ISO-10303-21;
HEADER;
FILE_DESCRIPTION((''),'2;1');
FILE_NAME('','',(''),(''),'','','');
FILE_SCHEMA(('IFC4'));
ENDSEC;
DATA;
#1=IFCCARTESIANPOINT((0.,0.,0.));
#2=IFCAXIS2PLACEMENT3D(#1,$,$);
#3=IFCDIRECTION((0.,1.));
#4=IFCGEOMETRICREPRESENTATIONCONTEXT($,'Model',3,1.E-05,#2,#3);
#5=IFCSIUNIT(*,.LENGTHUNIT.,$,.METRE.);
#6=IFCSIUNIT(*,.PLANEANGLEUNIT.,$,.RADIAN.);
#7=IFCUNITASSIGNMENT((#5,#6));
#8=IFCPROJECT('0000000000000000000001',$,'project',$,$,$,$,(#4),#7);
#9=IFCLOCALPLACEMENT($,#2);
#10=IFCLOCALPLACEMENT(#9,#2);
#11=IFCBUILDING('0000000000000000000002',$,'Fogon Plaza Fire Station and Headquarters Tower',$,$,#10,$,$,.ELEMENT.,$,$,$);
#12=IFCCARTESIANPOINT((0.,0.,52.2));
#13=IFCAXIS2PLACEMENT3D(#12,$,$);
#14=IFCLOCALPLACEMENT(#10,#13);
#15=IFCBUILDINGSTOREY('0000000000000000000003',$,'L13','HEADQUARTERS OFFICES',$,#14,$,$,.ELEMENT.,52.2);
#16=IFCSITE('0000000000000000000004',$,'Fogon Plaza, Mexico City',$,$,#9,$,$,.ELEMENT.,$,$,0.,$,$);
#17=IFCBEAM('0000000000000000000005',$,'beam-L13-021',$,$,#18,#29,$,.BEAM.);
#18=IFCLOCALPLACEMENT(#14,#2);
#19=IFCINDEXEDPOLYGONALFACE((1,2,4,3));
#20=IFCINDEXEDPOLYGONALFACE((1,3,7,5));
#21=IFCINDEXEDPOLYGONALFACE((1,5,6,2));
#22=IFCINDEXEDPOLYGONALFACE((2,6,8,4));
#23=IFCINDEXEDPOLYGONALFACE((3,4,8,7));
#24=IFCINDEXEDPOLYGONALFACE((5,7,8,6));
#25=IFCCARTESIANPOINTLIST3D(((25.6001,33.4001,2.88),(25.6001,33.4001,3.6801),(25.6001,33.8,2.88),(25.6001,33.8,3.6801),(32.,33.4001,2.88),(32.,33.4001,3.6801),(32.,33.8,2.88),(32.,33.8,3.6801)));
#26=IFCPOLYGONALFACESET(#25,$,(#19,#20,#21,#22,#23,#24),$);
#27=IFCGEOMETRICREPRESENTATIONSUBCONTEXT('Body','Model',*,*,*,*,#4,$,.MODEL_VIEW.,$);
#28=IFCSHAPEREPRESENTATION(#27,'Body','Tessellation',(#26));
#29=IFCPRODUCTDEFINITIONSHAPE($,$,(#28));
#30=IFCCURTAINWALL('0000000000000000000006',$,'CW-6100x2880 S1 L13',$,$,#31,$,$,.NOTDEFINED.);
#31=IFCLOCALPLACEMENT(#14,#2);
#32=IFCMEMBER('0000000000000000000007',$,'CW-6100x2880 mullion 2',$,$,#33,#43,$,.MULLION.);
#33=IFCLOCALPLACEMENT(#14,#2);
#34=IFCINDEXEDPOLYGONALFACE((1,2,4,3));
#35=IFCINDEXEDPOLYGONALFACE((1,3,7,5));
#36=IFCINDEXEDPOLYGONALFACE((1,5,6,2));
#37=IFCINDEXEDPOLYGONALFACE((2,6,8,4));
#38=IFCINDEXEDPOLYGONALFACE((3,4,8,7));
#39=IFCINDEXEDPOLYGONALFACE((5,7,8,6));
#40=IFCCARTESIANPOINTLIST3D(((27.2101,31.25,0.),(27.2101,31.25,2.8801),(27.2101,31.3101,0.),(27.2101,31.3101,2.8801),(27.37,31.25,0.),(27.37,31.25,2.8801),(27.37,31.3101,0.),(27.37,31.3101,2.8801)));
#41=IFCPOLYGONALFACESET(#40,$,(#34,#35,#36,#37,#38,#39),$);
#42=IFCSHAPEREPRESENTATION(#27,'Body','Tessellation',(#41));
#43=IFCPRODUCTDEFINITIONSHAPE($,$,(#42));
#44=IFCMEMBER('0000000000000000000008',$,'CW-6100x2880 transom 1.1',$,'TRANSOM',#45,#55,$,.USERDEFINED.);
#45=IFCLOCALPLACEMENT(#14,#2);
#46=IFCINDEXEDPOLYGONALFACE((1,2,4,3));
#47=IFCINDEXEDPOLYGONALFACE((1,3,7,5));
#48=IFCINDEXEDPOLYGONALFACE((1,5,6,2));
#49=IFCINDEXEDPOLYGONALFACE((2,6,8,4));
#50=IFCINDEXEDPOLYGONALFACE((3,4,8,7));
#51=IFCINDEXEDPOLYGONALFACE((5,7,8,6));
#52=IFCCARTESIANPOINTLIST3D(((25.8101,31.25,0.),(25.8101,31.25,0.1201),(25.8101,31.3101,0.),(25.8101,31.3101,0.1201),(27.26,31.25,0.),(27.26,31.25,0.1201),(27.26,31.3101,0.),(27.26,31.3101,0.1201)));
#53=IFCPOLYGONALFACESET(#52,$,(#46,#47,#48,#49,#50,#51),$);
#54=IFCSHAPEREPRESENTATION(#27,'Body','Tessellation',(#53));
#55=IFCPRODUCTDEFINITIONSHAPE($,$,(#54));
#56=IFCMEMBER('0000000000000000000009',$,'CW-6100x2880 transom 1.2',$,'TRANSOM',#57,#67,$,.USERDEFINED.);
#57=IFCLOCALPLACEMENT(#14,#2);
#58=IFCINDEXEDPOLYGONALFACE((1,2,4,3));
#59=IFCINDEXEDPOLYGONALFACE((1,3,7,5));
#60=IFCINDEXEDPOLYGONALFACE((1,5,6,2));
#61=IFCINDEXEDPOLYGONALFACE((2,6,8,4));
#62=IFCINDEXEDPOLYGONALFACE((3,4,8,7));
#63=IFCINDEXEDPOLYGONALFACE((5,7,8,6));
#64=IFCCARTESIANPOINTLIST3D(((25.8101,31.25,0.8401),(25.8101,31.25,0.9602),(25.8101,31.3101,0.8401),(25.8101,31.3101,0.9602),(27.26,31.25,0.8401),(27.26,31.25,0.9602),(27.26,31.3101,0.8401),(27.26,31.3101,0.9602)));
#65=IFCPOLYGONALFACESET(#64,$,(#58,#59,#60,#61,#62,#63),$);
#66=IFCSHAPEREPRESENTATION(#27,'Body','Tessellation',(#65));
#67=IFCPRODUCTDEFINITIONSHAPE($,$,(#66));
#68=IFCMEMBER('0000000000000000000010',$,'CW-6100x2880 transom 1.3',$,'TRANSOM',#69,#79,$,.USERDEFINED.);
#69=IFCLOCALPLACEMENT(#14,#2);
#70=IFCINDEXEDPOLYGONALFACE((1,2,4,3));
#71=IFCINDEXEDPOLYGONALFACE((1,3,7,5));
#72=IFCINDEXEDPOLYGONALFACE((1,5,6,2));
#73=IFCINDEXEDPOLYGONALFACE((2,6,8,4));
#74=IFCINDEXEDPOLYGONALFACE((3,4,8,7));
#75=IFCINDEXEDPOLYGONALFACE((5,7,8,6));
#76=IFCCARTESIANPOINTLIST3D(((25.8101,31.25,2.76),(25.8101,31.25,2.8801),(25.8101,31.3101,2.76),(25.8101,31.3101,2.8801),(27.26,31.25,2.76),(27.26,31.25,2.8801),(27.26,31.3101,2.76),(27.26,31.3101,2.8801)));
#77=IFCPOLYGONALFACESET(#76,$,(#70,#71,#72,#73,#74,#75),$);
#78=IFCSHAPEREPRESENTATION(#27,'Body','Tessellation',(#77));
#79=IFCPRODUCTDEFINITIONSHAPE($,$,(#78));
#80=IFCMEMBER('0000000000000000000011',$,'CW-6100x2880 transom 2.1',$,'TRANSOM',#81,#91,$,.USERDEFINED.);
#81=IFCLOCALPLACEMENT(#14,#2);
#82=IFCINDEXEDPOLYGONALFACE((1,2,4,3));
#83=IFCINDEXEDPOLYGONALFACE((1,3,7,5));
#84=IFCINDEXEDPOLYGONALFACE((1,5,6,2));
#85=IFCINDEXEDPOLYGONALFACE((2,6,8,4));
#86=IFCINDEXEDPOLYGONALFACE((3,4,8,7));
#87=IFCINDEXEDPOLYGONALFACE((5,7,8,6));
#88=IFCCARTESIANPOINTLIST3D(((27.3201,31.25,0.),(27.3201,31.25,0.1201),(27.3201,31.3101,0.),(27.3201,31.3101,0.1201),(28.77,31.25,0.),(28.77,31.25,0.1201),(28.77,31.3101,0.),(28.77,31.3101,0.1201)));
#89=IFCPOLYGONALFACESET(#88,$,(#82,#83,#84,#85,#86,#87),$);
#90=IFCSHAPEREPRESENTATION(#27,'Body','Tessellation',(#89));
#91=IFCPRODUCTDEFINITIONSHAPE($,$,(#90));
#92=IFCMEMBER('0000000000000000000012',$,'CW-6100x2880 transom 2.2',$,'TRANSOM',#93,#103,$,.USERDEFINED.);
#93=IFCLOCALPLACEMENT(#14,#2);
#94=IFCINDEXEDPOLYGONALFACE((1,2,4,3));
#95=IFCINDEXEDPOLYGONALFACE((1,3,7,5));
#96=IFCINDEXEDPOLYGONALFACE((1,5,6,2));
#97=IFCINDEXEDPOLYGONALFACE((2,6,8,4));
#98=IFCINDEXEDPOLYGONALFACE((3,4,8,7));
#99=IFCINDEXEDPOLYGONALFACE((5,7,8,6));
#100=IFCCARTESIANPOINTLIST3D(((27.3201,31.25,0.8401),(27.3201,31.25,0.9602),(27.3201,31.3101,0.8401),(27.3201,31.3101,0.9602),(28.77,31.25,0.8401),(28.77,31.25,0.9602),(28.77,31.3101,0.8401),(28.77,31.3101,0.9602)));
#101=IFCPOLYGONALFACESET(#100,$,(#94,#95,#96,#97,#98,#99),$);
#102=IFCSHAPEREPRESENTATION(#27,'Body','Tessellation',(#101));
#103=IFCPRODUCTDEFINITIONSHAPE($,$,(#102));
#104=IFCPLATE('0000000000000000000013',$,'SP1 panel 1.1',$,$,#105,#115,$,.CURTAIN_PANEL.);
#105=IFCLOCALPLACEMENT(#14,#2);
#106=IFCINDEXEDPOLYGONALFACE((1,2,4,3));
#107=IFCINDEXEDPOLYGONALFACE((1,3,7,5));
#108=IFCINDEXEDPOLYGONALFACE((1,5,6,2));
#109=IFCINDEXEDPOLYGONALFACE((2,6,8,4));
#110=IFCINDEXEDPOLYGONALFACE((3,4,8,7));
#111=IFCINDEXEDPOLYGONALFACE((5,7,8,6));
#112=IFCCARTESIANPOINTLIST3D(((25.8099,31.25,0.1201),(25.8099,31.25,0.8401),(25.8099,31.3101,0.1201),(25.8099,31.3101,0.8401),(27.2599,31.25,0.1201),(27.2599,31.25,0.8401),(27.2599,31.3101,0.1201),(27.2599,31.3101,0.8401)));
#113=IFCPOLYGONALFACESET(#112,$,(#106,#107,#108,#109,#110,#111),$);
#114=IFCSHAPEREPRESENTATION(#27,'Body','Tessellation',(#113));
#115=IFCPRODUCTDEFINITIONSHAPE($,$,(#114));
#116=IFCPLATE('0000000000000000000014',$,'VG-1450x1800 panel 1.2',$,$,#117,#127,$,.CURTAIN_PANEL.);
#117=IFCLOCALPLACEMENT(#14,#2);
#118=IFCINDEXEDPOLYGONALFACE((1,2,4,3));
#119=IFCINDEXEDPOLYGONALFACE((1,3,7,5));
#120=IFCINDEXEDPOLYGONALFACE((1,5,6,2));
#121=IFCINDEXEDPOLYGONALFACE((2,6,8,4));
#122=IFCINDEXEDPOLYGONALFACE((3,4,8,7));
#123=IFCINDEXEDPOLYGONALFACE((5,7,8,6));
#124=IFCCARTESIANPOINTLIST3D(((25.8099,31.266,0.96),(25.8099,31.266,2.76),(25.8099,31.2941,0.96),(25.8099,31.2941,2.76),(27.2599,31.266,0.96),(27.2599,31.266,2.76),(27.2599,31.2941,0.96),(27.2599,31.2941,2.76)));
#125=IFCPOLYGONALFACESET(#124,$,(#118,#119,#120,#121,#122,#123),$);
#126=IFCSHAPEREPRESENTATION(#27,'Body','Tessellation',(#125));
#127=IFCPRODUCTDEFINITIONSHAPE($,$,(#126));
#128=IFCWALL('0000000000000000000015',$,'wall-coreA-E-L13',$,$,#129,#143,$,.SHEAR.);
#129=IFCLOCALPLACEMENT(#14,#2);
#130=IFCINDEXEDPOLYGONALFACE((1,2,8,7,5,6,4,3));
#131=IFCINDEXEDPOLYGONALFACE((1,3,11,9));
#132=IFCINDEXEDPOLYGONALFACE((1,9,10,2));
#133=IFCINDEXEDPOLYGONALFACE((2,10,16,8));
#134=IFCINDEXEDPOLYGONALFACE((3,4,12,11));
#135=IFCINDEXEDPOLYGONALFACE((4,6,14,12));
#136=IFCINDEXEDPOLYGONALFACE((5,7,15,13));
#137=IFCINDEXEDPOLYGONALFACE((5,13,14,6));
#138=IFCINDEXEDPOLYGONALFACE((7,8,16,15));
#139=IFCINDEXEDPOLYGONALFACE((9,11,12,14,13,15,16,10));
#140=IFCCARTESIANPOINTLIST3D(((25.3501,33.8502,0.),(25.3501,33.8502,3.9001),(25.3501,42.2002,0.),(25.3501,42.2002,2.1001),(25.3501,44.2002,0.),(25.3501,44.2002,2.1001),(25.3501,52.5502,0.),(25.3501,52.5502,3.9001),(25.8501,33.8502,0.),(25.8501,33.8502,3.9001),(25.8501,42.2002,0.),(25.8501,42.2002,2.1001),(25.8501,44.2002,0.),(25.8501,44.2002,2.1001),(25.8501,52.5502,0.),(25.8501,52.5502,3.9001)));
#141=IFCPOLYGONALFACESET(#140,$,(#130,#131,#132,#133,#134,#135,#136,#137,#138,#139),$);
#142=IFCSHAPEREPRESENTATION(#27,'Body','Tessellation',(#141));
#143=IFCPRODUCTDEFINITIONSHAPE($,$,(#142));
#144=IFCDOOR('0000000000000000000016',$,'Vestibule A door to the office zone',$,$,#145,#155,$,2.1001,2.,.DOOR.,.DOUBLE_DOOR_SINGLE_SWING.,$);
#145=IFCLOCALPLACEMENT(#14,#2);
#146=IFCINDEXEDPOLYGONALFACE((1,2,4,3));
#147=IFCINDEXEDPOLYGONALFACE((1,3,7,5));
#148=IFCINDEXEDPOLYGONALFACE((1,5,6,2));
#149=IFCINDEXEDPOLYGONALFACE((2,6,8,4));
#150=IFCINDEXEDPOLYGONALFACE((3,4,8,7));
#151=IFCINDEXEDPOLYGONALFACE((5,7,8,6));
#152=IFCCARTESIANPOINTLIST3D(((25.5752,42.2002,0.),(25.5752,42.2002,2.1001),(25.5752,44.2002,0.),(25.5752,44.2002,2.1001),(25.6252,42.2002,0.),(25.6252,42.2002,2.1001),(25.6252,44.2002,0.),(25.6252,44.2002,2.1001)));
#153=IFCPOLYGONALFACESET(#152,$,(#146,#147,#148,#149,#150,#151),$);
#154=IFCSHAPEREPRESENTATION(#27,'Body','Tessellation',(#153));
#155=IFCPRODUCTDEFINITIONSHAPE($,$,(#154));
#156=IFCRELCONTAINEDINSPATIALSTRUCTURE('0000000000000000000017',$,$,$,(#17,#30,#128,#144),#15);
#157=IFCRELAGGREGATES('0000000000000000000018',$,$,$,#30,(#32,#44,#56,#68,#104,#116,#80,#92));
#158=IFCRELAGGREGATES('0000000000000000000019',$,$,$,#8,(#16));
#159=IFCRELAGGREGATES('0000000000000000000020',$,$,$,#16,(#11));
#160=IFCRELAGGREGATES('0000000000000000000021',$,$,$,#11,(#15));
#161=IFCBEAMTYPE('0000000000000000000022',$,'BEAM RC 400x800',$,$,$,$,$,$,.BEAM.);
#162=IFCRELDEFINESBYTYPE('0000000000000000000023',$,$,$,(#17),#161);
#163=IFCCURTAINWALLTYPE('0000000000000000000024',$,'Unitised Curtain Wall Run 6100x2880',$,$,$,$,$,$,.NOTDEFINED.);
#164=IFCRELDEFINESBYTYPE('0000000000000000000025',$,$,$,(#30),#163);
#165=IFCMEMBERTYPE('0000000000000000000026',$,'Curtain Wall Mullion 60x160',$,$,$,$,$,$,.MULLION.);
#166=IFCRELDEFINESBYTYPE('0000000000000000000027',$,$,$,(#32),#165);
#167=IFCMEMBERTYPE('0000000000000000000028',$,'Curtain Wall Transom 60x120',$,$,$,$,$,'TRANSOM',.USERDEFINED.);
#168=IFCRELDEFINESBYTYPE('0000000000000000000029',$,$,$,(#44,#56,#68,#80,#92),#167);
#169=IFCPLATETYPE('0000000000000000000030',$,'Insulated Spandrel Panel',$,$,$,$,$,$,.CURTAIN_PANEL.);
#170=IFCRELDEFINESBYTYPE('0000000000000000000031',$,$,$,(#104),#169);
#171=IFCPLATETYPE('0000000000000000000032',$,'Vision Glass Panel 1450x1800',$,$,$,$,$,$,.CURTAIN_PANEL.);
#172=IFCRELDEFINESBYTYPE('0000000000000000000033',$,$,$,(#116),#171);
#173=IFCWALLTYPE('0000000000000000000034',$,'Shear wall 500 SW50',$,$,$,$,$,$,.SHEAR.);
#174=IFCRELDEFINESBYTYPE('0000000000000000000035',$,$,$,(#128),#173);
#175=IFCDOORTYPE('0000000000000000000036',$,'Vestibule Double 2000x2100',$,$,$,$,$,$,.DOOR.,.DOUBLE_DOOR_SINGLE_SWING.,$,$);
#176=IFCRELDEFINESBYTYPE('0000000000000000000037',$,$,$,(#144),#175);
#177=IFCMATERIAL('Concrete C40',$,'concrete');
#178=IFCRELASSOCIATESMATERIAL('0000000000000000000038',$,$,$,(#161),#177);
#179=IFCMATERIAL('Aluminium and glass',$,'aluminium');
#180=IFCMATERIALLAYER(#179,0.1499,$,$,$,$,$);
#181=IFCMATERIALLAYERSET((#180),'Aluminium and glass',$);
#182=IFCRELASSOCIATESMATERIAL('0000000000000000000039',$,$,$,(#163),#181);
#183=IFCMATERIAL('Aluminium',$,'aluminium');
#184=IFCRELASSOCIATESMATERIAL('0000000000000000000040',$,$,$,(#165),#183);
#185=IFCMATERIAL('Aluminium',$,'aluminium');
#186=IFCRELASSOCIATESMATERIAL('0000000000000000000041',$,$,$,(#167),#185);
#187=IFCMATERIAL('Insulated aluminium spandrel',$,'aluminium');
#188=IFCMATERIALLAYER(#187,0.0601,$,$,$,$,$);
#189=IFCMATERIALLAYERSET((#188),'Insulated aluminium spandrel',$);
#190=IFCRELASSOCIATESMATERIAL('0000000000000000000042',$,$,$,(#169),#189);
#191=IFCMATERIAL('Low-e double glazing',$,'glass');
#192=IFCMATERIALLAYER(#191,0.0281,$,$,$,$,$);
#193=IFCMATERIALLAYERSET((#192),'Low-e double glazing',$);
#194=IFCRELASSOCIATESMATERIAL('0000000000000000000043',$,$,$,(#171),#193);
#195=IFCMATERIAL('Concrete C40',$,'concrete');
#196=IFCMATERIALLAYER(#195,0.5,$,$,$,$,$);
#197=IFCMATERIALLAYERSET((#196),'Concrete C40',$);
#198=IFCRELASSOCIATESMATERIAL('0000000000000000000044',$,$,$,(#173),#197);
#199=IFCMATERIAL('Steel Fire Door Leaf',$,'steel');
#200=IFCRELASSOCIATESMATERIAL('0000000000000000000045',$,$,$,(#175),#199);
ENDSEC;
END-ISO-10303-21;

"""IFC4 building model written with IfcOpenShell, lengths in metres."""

from ifc_helpers import new_model, si_unit, direction, frame, frame_2d, origin, origin_2d, place, context, subcontext, project, spatial, rectangle, extrude, material, layer, layer_set, material_profile, profile_set, type_object, element, fill, aggregate, save


model = new_model("IFC4")

# Units and contexts
model_context = context("Model", 3, precision=1e-05, world=origin(), true_north=direction((0.0, 1.0)))
body_context = subcontext(model_context, "Body", "Model", "MODEL_VIEW")
ifc_project = project(units=[si_unit("LENGTHUNIT", "METRE"), si_unit("PLANEANGLEUNIT", "RADIAN")], contexts=[model_context])

# Site, building, storey
site_placement = place(None, origin())
site = spatial("IfcSite", under=ifc_project, at=site_placement, Name="Fogon Plaza, Mexico City", CompositionType="ELEMENT", RefElevation=0.0)
building_placement = place(site_placement, origin())
building = spatial("IfcBuilding", under=site, at=building_placement, Name="Fogon Plaza Fire Station and Headquarters Tower", CompositionType="ELEMENT")
storey_placement = place(building_placement, frame((0.0, 0.0, 52.2)))
storey = spatial("IfcBuildingStorey", under=building, at=storey_placement, Name="L13", Description="HEADQUARTERS OFFICES", CompositionType="ELEMENT", Elevation=52.2)

# Beam
ifc_material_1 = material(Name="Concrete C40", Category="concrete")
ifc_material_profile_1 = material_profile(ifc_material_1, rectangle(XDim=0.3999, YDim=0.8, at=origin_2d()), Name="RC 400x800")
ifc_profile_set_1 = profile_set([ifc_material_profile_1], Name="Concrete C40")
beam_type = type_object("IfcBeamType", Name="BEAM RC 400x800", PredefinedType="BEAM", material=ifc_profile_set_1)
beam_placement = place(storey_placement, frame((25.6001, 33.6001, 3.28), z_axis=(1.0, 0.0, 0.0), x_axis=(0.0, 1.0, 0.0)))
element("IfcBeam", 1, at=beam_placement, inside=storey, type_object=beam_type, Name="beam-L13-021", PredefinedType="BEAM", context=body_context, shape_type="SweptSolid", body=[
    extrude(rectangle(XDim=0.3999, YDim=0.8, at=origin_2d()), origin(), (0.0, 0.0, 1.0), 6.3999),
])

# Curtain wall, members, plates
ifc_material_2 = material(Name="Aluminium and glass", Category="aluminium")
ifc_layer_1 = layer(ifc_material_2, 0.1499)
ifc_layer_set_1 = layer_set([ifc_layer_1], Name="Aluminium and glass")
curtain_wall_type = type_object("IfcCurtainWallType", Name="Unitised Curtain Wall Run 6100x2880", PredefinedType="NOTDEFINED", material=ifc_layer_set_1)
curtain_wall_placement = place(storey_placement, origin())
curtain_wall = element("IfcCurtainWall", 2, at=curtain_wall_placement, inside=storey, type_object=curtain_wall_type, Name="CW-6100x2880 S1 L13", PredefinedType="NOTDEFINED")
ifc_material_3 = material(Name="Aluminium", Category="aluminium")
ifc_material_profile_2 = material_profile(ifc_material_3, rectangle(XDim=0.0601, YDim=0.1599, at=origin_2d()), Name="Curtain Wall Mullion 60x160")
ifc_profile_set_2 = profile_set([ifc_material_profile_2], Name="Aluminium")
member_type_1 = type_object("IfcMemberType", Name="Curtain Wall Mullion 60x160", PredefinedType="MULLION", material=ifc_profile_set_2)
member_1_placement = place(storey_placement, frame((27.29, 31.28, 0.0), z_axis=(0.0, 0.0, 1.0), x_axis=(0.0, 1.0, 0.0)))
member_1 = element("IfcMember", 3, at=member_1_placement, type_object=member_type_1, Name="CW-6100x2880 mullion 2", PredefinedType="MULLION", context=body_context, shape_type="SweptSolid", body=[
    extrude(rectangle(XDim=0.0601, YDim=0.1599, at=origin_2d()), origin(), (0.0, 0.0, 1.0), 2.8801),
])
ifc_material_4 = material(Name="Aluminium", Category="aluminium")
ifc_material_profile_3 = material_profile(ifc_material_4, rectangle(XDim=0.0601, YDim=0.1201, at=origin_2d()), Name="Curtain Wall Transom 60x120")
ifc_profile_set_3 = profile_set([ifc_material_profile_3], Name="Aluminium")
member_type_2 = type_object("IfcMemberType", Name="Curtain Wall Transom 60x120", ElementType="TRANSOM", PredefinedType="USERDEFINED", material=ifc_profile_set_3)
member_2_placement = place(storey_placement, frame((25.8101, 31.28, 0.0601), z_axis=(1.0, 0.0, 0.0), x_axis=(0.0, 1.0, 0.0)))
member_2 = element("IfcMember", 4, at=member_2_placement, type_object=member_type_2, Name="CW-6100x2880 transom 1.1", ObjectType="TRANSOM", PredefinedType="USERDEFINED", context=body_context, shape_type="SweptSolid", body=[
    extrude(rectangle(XDim=0.0601, YDim=0.1201, at=origin_2d()), origin(), (0.0, 0.0, 1.0), 1.45),
])
member_3_placement = place(storey_placement, frame((25.8101, 31.28, 0.9001), z_axis=(1.0, 0.0, 0.0), x_axis=(0.0, 1.0, 0.0)))
member_3 = element("IfcMember", 5, at=member_3_placement, type_object=member_type_2, Name="CW-6100x2880 transom 1.2", ObjectType="TRANSOM", PredefinedType="USERDEFINED", context=body_context, shape_type="SweptSolid", body=[
    extrude(rectangle(XDim=0.0601, YDim=0.1201, at=origin_2d()), origin(), (0.0, 0.0, 1.0), 1.45),
])
member_4_placement = place(storey_placement, frame((25.8101, 31.28, 2.8201), z_axis=(1.0, 0.0, 0.0), x_axis=(0.0, 1.0, 0.0)))
member_4 = element("IfcMember", 6, at=member_4_placement, type_object=member_type_2, Name="CW-6100x2880 transom 1.3", ObjectType="TRANSOM", PredefinedType="USERDEFINED", context=body_context, shape_type="SweptSolid", body=[
    extrude(rectangle(XDim=0.0601, YDim=0.1201, at=origin_2d()), origin(), (0.0, 0.0, 1.0), 1.45),
])
member_5_placement = place(storey_placement, frame((27.3201, 31.28, 0.0601), z_axis=(1.0, 0.0, 0.0), x_axis=(0.0, 1.0, 0.0)))
member_5 = element("IfcMember", 7, at=member_5_placement, type_object=member_type_2, Name="CW-6100x2880 transom 2.1", ObjectType="TRANSOM", PredefinedType="USERDEFINED", context=body_context, shape_type="SweptSolid", body=[
    extrude(rectangle(XDim=0.0601, YDim=0.1201, at=origin_2d()), origin(), (0.0, 0.0, 1.0), 1.45),
])
member_6_placement = place(storey_placement, frame((27.3201, 31.28, 0.9001), z_axis=(1.0, 0.0, 0.0), x_axis=(0.0, 1.0, 0.0)))
member_6 = element("IfcMember", 8, at=member_6_placement, type_object=member_type_2, Name="CW-6100x2880 transom 2.2", ObjectType="TRANSOM", PredefinedType="USERDEFINED", context=body_context, shape_type="SweptSolid", body=[
    extrude(rectangle(XDim=0.0601, YDim=0.1201, at=origin_2d()), origin(), (0.0, 0.0, 1.0), 1.45),
])
ifc_material_5 = material(Name="Insulated aluminium spandrel", Category="aluminium")
ifc_layer_2 = layer(ifc_material_5, 0.0601)
ifc_layer_set_2 = layer_set([ifc_layer_2], Name="Insulated aluminium spandrel")
plate_type_1 = type_object("IfcPlateType", Name="Insulated Spandrel Panel", PredefinedType="CURTAIN_PANEL", material=ifc_layer_set_2)
plate_1_placement = place(storey_placement, frame((26.5349, 31.28, 0.1201), z_axis=(0.0, 0.0, 1.0), x_axis=(1.0, 0.0, 0.0)))
plate_1 = element("IfcPlate", 9, at=plate_1_placement, type_object=plate_type_1, Name="SP1 panel 1.1", PredefinedType="CURTAIN_PANEL", context=body_context, shape_type="SweptSolid", body=[
    extrude(rectangle(XDim=1.45, YDim=0.0601, at=origin_2d()), origin(), (0.0, 0.0, 1.0), 0.72),
])
ifc_material_6 = material(Name="Low-e double glazing", Category="glass")
ifc_layer_3 = layer(ifc_material_6, 0.0281)
ifc_layer_set_3 = layer_set([ifc_layer_3], Name="Low-e double glazing")
plate_type_2 = type_object("IfcPlateType", Name="Vision Glass Panel 1450x1800", PredefinedType="CURTAIN_PANEL", material=ifc_layer_set_3)
plate_2_placement = place(storey_placement, frame((26.5349, 31.28, 0.96), z_axis=(0.0, 0.0, 1.0), x_axis=(1.0, 0.0, 0.0)))
plate_2 = element("IfcPlate", 10, at=plate_2_placement, type_object=plate_type_2, Name="VG-1450x1800 panel 1.2", PredefinedType="CURTAIN_PANEL", context=body_context, shape_type="SweptSolid", body=[
    extrude(rectangle(XDim=1.45, YDim=0.0281, at=origin_2d()), origin(), (0.0, 0.0, 1.0), 1.8),
])
aggregate(curtain_wall, [member_1, member_2, member_3, member_4, plate_1, plate_2, member_5, member_6])

# Wall, opening, door
ifc_material_7 = material(Name="Concrete C40", Category="concrete")
ifc_layer_4 = layer(ifc_material_7, 0.5)
ifc_layer_set_4 = layer_set([ifc_layer_4], Name="Concrete C40")
wall_type = type_object("IfcWallType", Name="Shear wall 500 SW50", PredefinedType="SHEAR", material=ifc_layer_set_4)
wall_placement = place(storey_placement, frame((25.6001, 33.8501, 0.0), z_axis=(0.0, 0.0, 1.0), x_axis=(0.0, 1.0, 0.0)))
wall = element("IfcWall", 11, at=wall_placement, inside=storey, type_object=wall_type, Name="wall-coreA-E-L13", PredefinedType="SHEAR", context=body_context, shape_type="SweptSolid", body=[
    extrude(rectangle(XDim=18.7, YDim=0.5, at=frame_2d((9.3501, 0.0))), origin(), (0.0, 0.0, 1.0), 3.9001),
])
opening_placement = place(wall_placement, frame((8.3501, 0.0, 0.0)))
opening = element("IfcOpeningElement", 12, at=opening_placement, cuts=wall, PredefinedType="OPENING", context=body_context, shape_type="SweptSolid", body=[
    extrude(rectangle(XDim=2.0, YDim=2.1001, at=frame_2d((1.0, 1.05))), frame((0.0, 0.26, 0.0), z_axis=(0.0, -1.0, 0.0), x_axis=(1.0, 0.0, 0.0)), (0.0, 0.0, 1.0), 0.52),
])
ifc_material_8 = material(Name="Steel Fire Door Leaf", Category="steel")
door_type = type_object("IfcDoorType", Name="Vestibule Double 2000x2100", OperationType="DOUBLE_DOOR_SINGLE_SWING", PredefinedType="DOOR", material=ifc_material_8)
door_placement = place(opening_placement, origin())
door = element("IfcDoor", 13, at=door_placement, inside=storey, type_object=door_type, Name="Vestibule A door to the office zone", OperationType="DOUBLE_DOOR_SINGLE_SWING", OverallHeight=2.1001, OverallWidth=2.0, PredefinedType="DOOR", context=body_context, shape_type="SweptSolid", body=[
    extrude(rectangle(XDim=2.0, YDim=2.1001, at=frame_2d((1.0, 1.05))), frame((0.0, 0.0249, 0.0), z_axis=(0.0, -1.0, 0.0), x_axis=(1.0, 0.0, 0.0)), (0.0, 0.0, 1.0), 0.05),
])
fill(opening, door)

save(model, "model.ifc")
